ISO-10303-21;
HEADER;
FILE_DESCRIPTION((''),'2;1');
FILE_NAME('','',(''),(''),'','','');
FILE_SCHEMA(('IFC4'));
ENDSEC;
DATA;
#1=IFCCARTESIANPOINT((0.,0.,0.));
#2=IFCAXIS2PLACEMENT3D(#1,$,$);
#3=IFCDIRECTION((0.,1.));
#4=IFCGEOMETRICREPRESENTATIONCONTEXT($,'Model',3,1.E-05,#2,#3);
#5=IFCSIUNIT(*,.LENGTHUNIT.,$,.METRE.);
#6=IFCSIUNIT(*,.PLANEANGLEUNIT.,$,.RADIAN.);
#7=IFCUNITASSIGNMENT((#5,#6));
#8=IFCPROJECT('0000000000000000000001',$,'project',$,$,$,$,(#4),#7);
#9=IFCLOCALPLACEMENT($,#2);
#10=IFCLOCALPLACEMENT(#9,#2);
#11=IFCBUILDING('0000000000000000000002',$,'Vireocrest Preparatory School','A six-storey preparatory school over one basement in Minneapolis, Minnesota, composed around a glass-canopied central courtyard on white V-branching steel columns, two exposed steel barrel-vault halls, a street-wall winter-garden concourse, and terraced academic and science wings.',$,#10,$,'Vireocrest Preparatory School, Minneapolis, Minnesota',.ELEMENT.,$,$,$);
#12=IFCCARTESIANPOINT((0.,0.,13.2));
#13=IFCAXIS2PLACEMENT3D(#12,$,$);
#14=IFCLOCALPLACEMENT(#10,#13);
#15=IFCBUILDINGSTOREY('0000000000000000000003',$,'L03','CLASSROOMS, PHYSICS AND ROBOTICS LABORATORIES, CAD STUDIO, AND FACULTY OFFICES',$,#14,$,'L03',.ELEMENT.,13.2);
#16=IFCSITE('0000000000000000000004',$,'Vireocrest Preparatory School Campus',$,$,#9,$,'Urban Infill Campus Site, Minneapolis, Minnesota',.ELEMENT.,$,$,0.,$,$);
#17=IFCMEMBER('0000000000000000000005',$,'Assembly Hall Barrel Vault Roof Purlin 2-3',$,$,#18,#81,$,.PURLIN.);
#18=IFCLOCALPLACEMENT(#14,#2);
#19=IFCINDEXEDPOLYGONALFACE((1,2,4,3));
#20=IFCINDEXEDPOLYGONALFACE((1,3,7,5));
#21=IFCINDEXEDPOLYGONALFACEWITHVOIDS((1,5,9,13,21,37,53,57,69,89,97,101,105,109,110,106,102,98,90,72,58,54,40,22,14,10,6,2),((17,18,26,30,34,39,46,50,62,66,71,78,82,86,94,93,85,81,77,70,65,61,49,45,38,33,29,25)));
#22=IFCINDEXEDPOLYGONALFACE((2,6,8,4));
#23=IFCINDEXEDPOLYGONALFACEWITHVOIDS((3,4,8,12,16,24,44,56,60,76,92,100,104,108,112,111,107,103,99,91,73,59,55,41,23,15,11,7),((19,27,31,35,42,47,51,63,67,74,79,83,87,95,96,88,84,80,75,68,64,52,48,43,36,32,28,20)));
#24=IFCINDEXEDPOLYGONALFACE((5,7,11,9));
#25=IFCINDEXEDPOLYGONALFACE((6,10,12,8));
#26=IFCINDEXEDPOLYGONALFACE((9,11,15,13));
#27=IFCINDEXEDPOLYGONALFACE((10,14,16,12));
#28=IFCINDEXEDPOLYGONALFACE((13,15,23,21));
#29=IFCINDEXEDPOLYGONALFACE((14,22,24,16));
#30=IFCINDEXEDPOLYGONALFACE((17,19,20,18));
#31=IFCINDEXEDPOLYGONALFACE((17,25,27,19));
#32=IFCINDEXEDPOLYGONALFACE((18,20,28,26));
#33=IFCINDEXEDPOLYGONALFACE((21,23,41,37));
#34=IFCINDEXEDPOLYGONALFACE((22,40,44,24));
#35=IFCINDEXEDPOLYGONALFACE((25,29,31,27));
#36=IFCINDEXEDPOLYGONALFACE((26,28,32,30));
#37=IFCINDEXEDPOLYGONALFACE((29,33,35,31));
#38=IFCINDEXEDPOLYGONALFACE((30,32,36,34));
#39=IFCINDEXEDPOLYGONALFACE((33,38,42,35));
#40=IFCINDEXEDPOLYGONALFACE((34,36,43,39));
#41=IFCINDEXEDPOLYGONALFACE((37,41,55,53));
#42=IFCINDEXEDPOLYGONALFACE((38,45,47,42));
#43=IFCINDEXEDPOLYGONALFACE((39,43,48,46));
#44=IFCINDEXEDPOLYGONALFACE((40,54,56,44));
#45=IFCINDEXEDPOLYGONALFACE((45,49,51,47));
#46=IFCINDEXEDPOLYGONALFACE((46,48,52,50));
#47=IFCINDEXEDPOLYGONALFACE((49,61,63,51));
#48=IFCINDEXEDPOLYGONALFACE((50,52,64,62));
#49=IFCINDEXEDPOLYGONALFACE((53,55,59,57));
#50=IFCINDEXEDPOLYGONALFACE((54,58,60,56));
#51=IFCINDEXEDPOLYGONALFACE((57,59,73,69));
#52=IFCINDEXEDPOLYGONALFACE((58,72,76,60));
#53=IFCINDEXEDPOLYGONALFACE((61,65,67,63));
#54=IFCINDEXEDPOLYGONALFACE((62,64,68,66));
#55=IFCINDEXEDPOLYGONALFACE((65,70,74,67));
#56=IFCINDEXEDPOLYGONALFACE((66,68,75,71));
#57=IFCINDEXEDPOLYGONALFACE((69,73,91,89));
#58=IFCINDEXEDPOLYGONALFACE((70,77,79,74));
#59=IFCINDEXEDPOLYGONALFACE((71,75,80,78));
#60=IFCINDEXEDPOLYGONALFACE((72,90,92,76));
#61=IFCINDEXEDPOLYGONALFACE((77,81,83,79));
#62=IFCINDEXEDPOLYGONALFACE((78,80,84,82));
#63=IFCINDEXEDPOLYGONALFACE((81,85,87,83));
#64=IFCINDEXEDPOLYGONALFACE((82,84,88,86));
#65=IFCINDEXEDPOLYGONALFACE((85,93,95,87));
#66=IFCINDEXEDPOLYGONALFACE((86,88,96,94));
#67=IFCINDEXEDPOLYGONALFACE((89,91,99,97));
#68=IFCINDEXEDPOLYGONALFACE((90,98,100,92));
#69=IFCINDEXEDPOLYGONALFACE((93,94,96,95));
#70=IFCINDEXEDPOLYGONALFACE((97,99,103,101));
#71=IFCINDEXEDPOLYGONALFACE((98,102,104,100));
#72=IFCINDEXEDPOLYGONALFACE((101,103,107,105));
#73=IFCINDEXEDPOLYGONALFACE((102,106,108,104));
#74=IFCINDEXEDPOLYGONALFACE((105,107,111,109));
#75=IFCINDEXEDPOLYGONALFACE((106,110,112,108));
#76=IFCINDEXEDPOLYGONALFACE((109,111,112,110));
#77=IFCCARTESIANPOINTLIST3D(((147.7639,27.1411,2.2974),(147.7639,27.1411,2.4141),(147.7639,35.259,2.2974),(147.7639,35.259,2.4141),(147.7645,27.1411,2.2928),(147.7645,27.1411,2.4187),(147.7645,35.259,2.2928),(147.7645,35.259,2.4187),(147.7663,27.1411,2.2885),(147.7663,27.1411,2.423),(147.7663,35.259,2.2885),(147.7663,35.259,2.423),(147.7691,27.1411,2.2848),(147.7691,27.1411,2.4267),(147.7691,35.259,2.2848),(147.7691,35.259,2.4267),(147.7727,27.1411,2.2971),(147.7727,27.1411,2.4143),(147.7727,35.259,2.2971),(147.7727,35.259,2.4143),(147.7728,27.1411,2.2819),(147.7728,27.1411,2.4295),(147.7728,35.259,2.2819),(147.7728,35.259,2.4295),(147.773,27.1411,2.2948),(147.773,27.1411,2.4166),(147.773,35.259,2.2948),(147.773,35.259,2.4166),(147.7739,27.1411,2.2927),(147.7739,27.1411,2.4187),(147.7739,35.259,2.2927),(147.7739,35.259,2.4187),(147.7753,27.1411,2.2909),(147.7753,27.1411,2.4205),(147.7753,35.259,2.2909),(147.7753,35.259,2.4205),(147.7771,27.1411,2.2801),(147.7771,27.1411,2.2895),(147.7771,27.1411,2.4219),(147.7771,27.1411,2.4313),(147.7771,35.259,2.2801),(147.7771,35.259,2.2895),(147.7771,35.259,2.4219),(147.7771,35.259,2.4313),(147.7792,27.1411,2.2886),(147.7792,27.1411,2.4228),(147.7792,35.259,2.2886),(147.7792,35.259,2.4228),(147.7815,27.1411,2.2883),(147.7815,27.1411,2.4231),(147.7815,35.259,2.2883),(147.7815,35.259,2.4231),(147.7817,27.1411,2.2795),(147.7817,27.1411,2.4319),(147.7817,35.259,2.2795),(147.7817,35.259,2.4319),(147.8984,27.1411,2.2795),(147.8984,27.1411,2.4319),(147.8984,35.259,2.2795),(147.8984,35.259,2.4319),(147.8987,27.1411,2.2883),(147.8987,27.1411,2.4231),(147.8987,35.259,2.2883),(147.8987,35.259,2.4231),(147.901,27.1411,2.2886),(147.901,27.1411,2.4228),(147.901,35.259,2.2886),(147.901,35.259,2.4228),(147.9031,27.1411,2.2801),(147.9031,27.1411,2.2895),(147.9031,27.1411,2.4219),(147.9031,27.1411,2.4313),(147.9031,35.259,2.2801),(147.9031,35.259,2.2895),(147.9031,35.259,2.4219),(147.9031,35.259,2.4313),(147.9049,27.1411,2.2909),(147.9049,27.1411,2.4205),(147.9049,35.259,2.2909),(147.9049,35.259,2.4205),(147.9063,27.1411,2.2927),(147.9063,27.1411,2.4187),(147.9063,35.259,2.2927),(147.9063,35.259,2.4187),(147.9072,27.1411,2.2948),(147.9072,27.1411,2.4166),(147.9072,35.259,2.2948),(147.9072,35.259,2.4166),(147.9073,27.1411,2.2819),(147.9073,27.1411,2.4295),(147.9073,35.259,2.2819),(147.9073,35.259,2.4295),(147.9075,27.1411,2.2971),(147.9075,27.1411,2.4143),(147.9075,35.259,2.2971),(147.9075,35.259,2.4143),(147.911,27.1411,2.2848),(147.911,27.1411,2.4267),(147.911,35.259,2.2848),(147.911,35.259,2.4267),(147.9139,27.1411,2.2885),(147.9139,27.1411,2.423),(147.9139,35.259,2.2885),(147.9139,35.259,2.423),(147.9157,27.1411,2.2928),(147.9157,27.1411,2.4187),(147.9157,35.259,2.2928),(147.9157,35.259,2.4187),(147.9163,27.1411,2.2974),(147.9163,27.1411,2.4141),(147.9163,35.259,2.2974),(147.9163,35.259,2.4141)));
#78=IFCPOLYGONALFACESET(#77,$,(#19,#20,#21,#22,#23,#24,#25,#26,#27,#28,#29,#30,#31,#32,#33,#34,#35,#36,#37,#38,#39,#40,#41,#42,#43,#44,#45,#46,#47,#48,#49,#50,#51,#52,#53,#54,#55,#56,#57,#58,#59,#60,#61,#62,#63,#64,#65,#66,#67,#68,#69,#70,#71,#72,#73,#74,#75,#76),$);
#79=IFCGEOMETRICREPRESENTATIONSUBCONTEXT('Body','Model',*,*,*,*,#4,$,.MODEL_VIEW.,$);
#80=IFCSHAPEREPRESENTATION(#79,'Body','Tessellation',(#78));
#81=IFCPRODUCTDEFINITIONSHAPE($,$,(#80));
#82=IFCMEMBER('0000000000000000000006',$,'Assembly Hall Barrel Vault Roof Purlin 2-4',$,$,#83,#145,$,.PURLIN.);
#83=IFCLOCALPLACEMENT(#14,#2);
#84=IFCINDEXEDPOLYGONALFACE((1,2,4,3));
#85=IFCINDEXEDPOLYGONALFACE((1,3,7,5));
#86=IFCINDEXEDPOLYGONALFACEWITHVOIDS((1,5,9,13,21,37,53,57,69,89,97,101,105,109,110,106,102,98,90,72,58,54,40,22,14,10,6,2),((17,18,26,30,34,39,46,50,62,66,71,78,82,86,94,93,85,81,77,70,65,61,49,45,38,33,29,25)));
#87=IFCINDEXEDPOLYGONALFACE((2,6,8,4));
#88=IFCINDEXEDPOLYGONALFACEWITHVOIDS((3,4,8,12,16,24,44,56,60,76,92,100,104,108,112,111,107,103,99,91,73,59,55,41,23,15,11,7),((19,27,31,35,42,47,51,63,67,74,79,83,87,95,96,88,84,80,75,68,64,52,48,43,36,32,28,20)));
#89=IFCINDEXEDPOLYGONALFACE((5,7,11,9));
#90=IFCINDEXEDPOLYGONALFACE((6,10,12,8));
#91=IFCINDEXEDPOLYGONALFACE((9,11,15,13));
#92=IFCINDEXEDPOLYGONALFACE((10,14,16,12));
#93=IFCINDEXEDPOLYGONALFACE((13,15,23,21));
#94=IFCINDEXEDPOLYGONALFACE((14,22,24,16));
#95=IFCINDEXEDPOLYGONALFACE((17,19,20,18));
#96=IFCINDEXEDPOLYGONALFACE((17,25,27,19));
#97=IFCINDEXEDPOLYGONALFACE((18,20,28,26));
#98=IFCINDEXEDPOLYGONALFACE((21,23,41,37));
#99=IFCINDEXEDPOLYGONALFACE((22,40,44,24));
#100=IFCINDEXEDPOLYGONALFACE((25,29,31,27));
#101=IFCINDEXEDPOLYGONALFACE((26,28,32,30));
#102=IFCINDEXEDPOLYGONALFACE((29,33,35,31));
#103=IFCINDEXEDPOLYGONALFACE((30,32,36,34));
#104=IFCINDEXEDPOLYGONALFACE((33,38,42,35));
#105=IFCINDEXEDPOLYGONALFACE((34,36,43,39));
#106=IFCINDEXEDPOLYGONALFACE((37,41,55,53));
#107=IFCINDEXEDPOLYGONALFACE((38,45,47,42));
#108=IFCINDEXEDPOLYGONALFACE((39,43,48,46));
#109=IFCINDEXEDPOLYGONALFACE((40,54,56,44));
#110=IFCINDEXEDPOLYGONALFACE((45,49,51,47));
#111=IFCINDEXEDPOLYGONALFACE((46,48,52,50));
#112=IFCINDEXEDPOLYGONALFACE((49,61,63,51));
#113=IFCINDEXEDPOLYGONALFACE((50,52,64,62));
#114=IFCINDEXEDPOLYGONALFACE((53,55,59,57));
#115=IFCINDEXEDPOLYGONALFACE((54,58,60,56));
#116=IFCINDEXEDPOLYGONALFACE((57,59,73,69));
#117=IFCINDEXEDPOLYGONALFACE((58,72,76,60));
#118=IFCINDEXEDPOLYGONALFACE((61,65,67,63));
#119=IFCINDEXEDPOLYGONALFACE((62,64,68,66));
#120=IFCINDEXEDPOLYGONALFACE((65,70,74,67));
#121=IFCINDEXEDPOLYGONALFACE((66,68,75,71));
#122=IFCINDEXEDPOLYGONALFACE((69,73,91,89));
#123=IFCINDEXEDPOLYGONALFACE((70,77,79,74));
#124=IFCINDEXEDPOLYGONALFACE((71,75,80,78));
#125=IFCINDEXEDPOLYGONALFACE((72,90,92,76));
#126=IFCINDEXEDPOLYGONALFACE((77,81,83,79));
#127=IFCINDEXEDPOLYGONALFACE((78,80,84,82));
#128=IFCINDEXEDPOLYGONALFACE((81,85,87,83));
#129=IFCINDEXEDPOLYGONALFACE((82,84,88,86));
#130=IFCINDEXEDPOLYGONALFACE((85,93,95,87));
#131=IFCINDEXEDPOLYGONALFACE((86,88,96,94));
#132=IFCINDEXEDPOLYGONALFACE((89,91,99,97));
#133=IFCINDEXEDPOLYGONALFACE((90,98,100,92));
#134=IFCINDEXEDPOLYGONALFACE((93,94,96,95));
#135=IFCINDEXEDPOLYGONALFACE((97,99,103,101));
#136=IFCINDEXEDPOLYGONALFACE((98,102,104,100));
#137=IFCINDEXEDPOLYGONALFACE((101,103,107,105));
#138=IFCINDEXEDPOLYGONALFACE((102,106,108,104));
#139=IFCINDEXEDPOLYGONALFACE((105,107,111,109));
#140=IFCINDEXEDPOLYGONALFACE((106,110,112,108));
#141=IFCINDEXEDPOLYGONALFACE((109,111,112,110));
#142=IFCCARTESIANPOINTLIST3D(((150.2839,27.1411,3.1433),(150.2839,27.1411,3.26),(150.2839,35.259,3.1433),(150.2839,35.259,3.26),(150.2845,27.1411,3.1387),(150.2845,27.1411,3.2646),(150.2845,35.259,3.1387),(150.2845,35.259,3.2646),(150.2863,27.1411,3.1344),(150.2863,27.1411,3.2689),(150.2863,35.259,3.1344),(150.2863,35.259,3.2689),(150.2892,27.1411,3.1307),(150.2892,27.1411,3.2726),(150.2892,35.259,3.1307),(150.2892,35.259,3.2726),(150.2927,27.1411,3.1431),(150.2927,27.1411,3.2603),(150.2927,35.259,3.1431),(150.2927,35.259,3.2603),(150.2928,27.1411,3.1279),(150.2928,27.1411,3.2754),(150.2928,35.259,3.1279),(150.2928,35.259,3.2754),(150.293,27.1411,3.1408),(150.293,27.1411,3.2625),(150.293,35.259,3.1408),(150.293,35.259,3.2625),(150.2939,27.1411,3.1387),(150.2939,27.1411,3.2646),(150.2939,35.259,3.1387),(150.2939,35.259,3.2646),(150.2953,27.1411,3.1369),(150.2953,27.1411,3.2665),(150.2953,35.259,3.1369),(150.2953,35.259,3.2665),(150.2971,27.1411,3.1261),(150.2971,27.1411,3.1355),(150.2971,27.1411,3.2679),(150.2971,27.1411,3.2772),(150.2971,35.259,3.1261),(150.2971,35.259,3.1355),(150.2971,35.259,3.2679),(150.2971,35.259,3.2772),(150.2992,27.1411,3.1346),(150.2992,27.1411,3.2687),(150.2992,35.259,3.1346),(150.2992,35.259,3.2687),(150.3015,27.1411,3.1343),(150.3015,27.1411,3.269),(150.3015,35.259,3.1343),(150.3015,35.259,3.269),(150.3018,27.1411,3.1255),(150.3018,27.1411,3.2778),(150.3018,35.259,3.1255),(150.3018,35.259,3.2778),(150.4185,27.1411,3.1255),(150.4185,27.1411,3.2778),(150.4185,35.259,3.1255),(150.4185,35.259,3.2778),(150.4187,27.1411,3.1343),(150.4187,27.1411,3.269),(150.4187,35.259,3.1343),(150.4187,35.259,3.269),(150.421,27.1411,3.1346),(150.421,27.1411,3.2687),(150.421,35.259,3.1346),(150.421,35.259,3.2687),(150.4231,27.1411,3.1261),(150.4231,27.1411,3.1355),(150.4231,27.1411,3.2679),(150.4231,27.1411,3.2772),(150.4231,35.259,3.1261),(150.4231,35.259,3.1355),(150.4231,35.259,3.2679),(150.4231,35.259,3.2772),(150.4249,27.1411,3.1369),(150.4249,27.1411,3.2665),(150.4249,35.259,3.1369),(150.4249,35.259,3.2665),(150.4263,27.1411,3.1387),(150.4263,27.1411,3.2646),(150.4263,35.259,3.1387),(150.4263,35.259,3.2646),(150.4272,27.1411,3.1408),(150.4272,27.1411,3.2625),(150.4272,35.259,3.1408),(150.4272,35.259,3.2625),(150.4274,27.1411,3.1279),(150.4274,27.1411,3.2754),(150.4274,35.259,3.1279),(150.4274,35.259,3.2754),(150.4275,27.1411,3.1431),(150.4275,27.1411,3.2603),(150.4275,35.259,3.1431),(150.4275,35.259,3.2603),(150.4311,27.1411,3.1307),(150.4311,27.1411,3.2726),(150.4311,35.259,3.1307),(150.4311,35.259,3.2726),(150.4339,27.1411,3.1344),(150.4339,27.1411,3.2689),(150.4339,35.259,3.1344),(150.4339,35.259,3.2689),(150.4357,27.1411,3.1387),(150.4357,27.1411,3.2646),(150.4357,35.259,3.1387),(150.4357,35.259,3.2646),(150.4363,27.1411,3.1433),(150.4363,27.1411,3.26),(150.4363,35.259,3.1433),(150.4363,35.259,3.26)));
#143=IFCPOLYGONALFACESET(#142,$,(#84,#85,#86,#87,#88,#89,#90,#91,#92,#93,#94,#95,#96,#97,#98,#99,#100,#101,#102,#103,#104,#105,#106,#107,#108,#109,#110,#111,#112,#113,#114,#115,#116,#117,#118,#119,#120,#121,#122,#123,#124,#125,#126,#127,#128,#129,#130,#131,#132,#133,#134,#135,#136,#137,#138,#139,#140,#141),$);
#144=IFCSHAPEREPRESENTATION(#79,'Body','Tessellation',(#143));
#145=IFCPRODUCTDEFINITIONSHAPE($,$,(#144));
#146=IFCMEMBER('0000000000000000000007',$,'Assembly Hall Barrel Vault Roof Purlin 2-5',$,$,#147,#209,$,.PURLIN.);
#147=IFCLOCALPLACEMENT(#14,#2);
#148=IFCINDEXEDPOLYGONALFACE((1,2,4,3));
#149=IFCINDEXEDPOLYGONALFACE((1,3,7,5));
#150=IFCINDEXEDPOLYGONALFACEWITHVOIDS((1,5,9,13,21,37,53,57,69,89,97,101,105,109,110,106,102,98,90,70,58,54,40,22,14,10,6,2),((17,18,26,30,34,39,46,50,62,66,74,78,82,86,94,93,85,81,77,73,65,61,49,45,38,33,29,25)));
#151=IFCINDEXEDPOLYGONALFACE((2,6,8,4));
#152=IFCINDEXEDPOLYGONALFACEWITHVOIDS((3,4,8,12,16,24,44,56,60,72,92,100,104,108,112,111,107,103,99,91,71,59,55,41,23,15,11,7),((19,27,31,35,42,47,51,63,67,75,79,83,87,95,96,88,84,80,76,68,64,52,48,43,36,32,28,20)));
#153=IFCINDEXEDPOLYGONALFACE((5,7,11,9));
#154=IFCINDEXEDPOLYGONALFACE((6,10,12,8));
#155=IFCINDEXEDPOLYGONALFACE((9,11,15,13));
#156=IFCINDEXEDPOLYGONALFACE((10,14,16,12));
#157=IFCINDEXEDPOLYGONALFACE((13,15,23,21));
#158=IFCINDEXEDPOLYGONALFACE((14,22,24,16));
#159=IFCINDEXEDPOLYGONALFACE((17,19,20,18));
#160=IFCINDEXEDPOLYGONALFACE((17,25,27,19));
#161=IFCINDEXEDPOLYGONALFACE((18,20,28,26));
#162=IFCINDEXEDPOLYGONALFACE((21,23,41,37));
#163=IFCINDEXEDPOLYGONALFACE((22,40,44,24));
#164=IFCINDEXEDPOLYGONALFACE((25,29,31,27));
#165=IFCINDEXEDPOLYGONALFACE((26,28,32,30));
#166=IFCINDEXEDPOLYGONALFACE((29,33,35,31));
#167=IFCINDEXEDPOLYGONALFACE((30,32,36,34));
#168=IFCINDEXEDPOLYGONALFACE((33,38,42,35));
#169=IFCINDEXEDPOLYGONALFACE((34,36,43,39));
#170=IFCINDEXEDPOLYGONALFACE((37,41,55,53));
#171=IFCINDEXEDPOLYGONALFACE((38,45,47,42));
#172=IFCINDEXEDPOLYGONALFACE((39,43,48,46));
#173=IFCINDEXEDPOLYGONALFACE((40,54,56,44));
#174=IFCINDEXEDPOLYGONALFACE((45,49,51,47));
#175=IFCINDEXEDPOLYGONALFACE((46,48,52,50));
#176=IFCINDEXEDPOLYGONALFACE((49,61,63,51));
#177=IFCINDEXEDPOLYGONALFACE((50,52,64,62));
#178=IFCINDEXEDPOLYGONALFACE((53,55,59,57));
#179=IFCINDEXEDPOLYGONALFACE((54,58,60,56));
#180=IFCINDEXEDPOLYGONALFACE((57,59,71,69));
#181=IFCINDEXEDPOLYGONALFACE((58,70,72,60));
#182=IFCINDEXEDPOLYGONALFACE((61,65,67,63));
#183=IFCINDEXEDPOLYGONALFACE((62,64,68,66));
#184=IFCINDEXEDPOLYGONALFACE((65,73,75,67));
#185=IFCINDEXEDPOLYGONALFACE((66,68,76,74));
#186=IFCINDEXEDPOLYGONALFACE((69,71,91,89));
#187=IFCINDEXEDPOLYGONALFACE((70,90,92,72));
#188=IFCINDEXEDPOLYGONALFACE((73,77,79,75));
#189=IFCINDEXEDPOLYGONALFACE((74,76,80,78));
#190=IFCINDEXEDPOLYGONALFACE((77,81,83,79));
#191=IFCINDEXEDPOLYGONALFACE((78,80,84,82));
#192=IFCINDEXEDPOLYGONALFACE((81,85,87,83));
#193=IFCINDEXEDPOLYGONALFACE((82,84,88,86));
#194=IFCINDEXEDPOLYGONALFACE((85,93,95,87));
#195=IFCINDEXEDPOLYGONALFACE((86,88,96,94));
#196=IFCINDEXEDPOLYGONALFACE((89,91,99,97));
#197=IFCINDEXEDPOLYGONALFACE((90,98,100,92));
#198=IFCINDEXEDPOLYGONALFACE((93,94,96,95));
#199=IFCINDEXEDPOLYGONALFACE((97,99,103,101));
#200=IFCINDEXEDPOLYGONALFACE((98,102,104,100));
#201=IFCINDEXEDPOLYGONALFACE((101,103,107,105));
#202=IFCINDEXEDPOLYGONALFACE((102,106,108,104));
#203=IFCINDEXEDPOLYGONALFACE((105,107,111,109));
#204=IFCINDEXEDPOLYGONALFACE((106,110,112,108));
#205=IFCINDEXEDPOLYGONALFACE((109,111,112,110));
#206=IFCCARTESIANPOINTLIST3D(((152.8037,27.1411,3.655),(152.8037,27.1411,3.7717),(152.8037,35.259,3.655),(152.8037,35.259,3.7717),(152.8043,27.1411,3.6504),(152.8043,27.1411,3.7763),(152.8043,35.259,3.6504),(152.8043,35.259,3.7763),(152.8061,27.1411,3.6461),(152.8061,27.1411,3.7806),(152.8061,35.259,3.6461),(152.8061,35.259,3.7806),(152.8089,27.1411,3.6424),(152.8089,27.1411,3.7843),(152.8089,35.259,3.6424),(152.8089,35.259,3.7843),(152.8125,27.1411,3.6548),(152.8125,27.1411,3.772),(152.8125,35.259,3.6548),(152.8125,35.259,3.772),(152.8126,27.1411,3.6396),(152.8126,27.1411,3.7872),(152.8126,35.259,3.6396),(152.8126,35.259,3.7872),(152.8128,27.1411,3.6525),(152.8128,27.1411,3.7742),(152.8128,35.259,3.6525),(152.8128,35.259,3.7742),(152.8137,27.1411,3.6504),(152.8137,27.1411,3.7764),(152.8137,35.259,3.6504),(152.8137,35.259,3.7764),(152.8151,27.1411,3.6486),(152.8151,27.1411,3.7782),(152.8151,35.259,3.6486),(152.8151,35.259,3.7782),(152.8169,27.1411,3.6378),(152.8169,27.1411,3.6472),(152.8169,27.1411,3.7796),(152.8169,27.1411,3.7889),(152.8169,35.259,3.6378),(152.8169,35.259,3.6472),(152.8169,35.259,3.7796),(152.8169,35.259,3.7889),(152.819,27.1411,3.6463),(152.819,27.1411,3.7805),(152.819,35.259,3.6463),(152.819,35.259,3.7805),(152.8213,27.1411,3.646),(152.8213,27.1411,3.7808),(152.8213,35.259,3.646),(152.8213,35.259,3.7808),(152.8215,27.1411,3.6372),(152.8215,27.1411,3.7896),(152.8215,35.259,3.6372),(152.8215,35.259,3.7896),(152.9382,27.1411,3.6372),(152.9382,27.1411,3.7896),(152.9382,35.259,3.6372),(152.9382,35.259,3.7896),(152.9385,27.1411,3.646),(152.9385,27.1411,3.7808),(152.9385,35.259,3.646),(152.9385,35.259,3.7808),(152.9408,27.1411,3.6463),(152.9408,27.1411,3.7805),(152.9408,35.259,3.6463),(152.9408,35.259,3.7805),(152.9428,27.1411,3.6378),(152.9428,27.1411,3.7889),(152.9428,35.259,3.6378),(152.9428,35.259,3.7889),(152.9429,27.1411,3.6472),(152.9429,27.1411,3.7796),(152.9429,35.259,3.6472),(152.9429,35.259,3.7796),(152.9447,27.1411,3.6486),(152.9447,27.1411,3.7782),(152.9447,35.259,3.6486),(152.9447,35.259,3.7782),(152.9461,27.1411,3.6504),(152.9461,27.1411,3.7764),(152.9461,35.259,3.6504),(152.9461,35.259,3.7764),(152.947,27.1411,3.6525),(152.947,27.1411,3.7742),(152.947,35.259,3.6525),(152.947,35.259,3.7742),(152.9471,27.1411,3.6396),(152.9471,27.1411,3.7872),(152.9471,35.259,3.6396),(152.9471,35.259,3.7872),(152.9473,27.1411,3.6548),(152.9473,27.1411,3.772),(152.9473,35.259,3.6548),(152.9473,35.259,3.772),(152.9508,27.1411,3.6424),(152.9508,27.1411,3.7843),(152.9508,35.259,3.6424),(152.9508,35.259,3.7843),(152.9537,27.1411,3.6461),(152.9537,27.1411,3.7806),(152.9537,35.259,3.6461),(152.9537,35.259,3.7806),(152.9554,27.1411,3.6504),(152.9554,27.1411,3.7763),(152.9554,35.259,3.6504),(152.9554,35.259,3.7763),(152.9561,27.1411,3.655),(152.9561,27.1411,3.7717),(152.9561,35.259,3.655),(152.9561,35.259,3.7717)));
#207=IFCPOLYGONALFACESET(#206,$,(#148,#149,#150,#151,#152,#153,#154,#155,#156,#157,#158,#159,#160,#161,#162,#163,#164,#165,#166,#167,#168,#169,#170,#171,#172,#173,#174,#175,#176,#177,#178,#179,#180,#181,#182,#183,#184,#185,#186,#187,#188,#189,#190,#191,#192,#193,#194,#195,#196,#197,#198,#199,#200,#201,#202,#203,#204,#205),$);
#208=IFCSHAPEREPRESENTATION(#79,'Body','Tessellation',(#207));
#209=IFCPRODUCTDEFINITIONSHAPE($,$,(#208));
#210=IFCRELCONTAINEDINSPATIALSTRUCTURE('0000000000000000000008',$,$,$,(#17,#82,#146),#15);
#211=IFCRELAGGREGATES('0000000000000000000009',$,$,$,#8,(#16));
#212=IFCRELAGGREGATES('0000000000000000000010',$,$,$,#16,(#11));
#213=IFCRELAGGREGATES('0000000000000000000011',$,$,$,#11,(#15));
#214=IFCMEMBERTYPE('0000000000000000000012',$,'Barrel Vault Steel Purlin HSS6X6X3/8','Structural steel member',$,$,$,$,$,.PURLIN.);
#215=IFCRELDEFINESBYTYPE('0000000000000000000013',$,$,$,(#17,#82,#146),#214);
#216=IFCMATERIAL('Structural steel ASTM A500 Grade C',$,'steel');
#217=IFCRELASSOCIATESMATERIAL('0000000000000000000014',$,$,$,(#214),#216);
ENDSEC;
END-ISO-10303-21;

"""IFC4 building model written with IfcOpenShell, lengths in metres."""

from ifc_helpers import new_model, si_unit, direction, frame, origin, origin_2d, place, context, subcontext, project, spatial, hollow_rectangle, extrude, material, material_profile, profile_set, type_object, element, save


model = new_model("IFC4")

# Units and contexts
model_context = context("Model", 3, precision=1e-05, world=origin(), true_north=direction((0.0, 1.0)))
body_context = subcontext(model_context, "Body", "Model", "MODEL_VIEW")
ifc_project = project(units=[si_unit("LENGTHUNIT", "METRE"), si_unit("PLANEANGLEUNIT", "RADIAN")], contexts=[model_context])

# Site, building, storey
site_placement = place(None, origin())
site = spatial("IfcSite", under=ifc_project, at=site_placement, Name="Vireocrest Preparatory School Campus", LongName="Urban Infill Campus Site, Minneapolis, Minnesota", CompositionType="ELEMENT", RefElevation=0.0)
building_placement = place(site_placement, origin())
building = spatial("IfcBuilding", under=site, at=building_placement, Name="Vireocrest Preparatory School", Description="A six-storey preparatory school over one basement in Minneapolis, Minnesota, composed around a glass-canopied central courtyard on white V-branching steel columns, two exposed steel barrel-vault halls, a street-wall winter-garden concourse, and terraced academic and science wings.", LongName="Vireocrest Preparatory School, Minneapolis, Minnesota", CompositionType="ELEMENT")
storey_placement = place(building_placement, frame((0.0, 0.0, 13.2)))
storey = spatial("IfcBuildingStorey", under=building, at=storey_placement, Name="L03", Description="CLASSROOMS, PHYSICS AND ROBOTICS LABORATORIES, CAD STUDIO, AND FACULTY OFFICES", LongName="L03", CompositionType="ELEMENT", Elevation=13.2)

# Members
ifc_material_1 = material(Name="Structural steel ASTM A500 Grade C", Category="steel")
ifc_material_profile_1 = material_profile(ifc_material_1, hollow_rectangle(XDim=0.1523, YDim=0.1523, WallThickness=0.0088, InnerFilletRadius=0.0088, OuterFilletRadius=0.0178, at=origin_2d()), Name="HSS6X6X3/8")
ifc_profile_set_1 = profile_set([ifc_material_profile_1], Name="Structural steel ASTM A500 Grade C")
member_type = type_object("IfcMemberType", Name="Barrel Vault Steel Purlin HSS6X6X3/8", Description="Structural steel member", PredefinedType="PURLIN", material=ifc_profile_set_1)
for number, where, z_axis, x_axis, name in (
    (1, (147.8401, 27.1411, 2.3557), (0.0, 1.0, 0.0), (-1.0, 0.0, 0.0), "Assembly Hall Barrel Vault Roof Purlin 2-3"),
    (2, (150.3601, 27.1411, 3.2017), (0.0, 1.0, 0.0), (-1.0, 0.0, 0.0), "Assembly Hall Barrel Vault Roof Purlin 2-4"),
    (3, (152.8799, 27.1411, 3.7134), (0.0, 1.0, 0.0), (-1.0, 0.0, 0.0), "Assembly Hall Barrel Vault Roof Purlin 2-5"),
):
    element("IfcMember", number, at=place(storey_placement, frame(where, z_axis=z_axis, x_axis=x_axis)), inside=storey, type_object=member_type, Name=name, PredefinedType="PURLIN", context=body_context, shape_type="SweptSolid", body=[
        extrude(hollow_rectangle(XDim=0.1523, YDim=0.1523, WallThickness=0.0088, InnerFilletRadius=0.0088, OuterFilletRadius=0.0178, at=origin_2d()), origin(), (0.0, 0.0, 1.0), 8.1179),
    ])

save(model, "model.ifc")
